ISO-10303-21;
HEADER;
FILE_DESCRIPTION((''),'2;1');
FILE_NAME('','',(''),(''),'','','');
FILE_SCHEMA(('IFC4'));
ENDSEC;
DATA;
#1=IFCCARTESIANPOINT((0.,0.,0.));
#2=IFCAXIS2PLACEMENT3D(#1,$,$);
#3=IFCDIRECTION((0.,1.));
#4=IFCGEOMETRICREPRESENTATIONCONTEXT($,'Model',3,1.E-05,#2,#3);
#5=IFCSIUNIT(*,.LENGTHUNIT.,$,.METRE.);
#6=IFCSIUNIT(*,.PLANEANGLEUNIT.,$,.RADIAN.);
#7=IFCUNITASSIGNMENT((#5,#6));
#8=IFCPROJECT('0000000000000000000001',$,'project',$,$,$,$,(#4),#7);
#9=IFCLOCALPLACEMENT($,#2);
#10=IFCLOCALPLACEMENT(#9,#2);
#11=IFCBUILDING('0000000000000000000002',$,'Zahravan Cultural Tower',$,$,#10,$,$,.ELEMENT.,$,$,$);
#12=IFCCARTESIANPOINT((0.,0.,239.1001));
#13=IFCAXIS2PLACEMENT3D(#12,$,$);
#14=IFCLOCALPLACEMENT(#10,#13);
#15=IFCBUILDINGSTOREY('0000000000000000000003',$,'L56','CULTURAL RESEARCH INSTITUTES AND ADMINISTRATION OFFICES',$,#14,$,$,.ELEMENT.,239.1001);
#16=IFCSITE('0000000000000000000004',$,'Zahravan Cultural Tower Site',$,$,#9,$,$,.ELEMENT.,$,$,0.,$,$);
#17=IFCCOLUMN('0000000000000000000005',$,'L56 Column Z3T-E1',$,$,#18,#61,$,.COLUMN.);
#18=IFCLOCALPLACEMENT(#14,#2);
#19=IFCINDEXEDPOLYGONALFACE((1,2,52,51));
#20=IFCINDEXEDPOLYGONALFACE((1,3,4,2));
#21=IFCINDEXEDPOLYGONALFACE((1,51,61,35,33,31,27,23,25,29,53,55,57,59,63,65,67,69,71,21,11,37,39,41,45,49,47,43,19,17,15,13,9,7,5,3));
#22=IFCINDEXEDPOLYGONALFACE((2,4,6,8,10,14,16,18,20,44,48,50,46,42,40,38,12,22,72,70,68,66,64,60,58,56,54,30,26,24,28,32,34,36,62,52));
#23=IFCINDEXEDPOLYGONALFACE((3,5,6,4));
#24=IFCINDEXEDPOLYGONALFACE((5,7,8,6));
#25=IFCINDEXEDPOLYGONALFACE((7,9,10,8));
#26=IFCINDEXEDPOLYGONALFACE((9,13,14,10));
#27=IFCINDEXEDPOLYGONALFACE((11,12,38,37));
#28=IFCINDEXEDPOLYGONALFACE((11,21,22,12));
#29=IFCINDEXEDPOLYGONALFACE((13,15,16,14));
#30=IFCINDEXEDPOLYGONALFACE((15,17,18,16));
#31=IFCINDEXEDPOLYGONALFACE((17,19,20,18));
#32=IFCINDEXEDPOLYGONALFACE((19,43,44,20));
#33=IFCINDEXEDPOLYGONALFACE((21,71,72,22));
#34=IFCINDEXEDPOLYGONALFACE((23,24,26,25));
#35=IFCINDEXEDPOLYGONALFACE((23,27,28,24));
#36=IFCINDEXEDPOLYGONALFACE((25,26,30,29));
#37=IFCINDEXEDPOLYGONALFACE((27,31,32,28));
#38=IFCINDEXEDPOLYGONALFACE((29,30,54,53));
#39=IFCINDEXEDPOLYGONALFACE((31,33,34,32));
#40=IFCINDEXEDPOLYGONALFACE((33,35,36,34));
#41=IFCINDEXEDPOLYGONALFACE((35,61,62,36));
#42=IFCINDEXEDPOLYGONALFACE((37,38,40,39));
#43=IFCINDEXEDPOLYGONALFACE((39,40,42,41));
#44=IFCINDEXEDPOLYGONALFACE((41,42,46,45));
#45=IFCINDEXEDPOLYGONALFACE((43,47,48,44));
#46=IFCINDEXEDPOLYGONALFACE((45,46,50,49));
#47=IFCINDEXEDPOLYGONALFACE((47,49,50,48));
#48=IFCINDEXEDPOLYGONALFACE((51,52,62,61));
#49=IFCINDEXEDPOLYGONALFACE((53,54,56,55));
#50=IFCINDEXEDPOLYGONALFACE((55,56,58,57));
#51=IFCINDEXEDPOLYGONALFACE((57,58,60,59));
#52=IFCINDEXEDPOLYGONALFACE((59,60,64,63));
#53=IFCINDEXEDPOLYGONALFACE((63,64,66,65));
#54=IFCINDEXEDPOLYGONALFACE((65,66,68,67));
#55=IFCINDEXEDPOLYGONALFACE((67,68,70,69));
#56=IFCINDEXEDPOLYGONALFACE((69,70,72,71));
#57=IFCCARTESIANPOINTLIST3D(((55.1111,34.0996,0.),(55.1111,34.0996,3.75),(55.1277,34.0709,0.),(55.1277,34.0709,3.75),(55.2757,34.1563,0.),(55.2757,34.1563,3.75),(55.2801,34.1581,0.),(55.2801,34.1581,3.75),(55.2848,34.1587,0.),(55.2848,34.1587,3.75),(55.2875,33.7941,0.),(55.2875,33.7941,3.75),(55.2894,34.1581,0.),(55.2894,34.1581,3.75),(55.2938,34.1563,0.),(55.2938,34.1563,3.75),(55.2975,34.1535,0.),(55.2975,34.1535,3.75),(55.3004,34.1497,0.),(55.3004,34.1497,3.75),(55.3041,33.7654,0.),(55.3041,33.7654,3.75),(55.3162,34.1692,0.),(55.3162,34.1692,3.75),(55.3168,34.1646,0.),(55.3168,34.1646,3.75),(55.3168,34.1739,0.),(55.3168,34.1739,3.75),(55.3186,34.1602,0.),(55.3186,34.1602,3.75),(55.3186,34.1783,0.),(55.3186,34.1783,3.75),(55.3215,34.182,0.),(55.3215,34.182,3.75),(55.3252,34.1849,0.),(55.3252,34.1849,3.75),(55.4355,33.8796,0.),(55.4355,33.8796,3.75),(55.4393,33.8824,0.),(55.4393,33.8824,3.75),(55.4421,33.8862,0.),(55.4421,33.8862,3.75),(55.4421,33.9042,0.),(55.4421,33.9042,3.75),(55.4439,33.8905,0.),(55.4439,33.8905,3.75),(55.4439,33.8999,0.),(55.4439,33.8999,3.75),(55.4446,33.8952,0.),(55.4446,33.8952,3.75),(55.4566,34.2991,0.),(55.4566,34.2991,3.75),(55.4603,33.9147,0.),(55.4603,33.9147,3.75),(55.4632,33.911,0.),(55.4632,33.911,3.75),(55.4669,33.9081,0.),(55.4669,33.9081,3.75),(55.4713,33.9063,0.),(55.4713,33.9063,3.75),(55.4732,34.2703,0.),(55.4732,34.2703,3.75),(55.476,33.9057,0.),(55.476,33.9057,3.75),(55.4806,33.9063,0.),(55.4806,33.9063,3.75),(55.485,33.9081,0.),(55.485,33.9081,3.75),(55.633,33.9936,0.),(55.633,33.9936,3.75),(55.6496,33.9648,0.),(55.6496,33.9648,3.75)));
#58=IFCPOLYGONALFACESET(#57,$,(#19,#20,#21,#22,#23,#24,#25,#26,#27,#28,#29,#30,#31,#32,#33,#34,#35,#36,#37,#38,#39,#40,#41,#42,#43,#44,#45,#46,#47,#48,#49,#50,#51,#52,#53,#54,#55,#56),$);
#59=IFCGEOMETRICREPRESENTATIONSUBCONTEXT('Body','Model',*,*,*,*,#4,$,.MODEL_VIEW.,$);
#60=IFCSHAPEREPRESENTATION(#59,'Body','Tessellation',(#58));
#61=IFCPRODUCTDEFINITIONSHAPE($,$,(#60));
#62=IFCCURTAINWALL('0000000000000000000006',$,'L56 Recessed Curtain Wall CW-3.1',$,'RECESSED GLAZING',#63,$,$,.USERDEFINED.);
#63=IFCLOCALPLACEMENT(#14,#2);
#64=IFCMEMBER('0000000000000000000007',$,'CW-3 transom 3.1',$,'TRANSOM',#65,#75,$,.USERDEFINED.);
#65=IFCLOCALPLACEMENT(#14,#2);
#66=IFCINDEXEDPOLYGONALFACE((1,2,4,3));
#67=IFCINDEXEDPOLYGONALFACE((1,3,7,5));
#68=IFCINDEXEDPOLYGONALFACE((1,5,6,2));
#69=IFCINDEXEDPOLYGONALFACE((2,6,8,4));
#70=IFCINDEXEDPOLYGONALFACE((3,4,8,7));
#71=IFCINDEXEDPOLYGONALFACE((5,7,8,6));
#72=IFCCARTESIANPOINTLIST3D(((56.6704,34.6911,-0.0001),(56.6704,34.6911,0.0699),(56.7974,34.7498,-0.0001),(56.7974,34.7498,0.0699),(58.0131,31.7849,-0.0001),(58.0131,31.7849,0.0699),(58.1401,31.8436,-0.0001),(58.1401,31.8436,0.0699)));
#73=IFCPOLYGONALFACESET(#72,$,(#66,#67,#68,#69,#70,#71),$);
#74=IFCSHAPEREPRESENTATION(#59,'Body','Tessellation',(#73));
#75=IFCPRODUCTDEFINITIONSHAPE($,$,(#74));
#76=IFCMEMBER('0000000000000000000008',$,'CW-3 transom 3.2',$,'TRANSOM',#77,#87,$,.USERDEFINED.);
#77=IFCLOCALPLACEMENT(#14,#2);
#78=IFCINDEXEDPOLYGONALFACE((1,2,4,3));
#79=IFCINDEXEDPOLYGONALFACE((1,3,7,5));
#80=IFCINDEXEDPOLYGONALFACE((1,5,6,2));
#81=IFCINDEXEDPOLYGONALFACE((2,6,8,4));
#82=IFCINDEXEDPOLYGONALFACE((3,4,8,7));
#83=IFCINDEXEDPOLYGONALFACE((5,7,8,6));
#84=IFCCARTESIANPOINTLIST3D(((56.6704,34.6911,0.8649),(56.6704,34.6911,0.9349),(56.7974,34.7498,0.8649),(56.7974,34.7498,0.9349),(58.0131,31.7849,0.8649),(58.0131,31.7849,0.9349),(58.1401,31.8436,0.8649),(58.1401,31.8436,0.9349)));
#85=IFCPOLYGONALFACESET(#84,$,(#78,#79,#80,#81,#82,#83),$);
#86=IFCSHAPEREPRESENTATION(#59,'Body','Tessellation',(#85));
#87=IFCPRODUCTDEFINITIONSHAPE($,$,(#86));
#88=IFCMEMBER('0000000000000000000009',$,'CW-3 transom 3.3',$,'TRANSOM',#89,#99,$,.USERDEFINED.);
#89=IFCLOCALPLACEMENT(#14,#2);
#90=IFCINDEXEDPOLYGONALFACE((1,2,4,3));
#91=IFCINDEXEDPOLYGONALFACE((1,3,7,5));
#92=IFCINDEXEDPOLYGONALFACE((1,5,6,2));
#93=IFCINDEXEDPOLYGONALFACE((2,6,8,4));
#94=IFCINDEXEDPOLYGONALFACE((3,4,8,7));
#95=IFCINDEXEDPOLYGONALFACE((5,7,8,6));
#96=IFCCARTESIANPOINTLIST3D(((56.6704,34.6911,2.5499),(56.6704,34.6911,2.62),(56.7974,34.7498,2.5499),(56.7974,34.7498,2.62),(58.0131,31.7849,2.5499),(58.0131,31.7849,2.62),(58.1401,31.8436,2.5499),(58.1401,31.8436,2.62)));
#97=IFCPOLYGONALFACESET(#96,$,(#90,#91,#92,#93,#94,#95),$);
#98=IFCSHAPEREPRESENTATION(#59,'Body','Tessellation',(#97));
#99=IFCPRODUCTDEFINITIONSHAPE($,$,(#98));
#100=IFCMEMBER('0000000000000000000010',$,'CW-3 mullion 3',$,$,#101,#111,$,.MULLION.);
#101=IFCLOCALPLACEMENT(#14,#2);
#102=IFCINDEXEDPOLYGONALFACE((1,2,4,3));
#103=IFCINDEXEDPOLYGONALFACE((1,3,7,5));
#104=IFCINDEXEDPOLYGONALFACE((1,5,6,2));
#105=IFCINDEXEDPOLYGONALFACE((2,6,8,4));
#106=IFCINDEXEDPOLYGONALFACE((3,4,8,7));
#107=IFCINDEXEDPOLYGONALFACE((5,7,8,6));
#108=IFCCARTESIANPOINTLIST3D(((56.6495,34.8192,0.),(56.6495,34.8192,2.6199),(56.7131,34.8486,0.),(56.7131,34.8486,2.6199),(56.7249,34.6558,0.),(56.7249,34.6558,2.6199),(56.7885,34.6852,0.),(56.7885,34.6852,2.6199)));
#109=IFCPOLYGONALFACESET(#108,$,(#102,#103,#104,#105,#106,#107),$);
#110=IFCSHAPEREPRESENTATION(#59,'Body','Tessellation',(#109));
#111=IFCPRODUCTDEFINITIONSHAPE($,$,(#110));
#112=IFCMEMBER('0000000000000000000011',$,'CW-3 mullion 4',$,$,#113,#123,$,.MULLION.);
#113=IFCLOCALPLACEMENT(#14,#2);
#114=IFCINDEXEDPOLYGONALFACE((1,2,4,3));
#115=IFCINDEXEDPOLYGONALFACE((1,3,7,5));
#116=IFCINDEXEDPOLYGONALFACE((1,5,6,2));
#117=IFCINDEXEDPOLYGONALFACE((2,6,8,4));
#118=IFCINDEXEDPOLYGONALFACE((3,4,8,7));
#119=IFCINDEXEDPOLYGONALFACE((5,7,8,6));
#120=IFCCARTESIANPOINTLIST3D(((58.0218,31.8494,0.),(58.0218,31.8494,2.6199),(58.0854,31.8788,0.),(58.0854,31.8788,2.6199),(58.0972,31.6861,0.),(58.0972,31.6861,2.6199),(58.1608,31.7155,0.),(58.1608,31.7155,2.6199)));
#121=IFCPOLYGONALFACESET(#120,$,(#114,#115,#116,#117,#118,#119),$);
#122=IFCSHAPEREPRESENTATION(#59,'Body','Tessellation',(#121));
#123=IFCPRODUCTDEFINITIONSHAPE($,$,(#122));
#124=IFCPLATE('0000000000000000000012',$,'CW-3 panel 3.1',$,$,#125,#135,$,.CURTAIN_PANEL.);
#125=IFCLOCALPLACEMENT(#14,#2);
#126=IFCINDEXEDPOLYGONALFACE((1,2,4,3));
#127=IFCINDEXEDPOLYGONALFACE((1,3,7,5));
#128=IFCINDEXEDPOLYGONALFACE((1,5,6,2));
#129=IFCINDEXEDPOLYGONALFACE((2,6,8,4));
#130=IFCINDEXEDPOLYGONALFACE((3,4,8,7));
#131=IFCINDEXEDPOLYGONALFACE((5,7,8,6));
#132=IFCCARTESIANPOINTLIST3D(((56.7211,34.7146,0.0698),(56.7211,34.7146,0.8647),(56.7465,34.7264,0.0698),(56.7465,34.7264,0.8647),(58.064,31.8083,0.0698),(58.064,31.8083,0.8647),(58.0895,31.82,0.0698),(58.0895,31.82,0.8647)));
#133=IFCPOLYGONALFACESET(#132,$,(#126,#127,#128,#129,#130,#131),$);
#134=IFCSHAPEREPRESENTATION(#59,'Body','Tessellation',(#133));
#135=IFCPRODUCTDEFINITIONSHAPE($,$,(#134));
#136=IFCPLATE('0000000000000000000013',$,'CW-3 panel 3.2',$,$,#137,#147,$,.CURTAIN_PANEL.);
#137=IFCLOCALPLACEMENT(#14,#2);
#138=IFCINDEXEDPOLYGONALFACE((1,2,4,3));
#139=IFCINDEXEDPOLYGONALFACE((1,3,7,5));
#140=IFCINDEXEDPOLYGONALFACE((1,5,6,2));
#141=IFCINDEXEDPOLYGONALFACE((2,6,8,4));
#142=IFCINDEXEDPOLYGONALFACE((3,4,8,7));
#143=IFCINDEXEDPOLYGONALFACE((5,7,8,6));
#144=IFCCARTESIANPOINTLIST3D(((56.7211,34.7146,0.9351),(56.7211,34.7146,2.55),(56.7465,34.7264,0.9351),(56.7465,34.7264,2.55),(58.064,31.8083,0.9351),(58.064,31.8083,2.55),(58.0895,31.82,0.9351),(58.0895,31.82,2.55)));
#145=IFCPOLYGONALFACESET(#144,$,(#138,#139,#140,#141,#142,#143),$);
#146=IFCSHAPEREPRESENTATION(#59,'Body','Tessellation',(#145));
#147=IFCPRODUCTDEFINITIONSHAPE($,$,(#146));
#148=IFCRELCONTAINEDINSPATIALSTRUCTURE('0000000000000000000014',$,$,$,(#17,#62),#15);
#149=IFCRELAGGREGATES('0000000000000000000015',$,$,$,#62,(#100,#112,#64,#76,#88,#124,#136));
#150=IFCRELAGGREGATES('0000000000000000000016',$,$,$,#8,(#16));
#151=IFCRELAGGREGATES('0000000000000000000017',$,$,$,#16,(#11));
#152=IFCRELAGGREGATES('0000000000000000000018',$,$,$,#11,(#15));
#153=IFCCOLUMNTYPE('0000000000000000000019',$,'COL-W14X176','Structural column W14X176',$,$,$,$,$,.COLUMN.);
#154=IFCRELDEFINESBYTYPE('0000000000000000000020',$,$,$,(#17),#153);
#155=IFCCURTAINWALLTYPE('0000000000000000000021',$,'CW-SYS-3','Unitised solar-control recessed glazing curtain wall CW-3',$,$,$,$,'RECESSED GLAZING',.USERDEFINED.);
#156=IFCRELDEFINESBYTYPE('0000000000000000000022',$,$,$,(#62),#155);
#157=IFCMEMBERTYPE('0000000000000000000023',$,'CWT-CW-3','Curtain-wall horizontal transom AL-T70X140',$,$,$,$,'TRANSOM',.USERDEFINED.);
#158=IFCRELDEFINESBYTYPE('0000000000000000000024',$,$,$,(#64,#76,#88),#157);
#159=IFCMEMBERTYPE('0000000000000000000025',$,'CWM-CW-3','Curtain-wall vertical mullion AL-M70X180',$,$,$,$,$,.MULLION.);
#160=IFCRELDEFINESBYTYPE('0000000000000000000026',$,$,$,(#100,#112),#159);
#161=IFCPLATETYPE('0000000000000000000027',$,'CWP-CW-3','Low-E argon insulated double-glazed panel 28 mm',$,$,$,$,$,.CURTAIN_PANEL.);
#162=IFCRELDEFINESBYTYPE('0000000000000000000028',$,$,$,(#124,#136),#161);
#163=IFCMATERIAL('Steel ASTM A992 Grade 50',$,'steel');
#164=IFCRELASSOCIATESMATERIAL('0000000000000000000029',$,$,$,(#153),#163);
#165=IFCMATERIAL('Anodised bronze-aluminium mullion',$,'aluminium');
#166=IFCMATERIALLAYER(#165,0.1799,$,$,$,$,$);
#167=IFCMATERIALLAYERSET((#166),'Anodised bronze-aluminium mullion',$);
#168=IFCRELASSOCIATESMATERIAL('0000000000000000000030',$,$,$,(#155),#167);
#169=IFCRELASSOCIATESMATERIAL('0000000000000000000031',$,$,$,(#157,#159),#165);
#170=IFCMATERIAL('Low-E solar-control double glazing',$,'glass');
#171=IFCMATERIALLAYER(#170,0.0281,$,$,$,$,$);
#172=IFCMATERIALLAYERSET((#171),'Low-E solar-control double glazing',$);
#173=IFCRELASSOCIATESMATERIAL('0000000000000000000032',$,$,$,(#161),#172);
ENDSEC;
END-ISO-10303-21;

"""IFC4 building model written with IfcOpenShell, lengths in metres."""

from ifc_helpers import new_model, si_unit, direction, frame, origin, origin_2d, place, context, subcontext, project, spatial, rectangle, i_section, extrude, source, transform, mapped, material, layer, layer_set, material_profile, profile_set, type_object, element, aggregate, save


model = new_model("IFC4")

# Units and contexts
model_context = context("Model", 3, precision=1e-05, world=origin(), true_north=direction((0.0, 1.0)))
body_context = subcontext(model_context, "Body", "Model", "MODEL_VIEW")
ifc_project = project(units=[si_unit("LENGTHUNIT", "METRE"), si_unit("PLANEANGLEUNIT", "RADIAN")], contexts=[model_context])

# Site, building, storey
site_placement = place(None, origin())
site = spatial("IfcSite", under=ifc_project, at=site_placement, Name="Zahravan Cultural Tower Site", CompositionType="ELEMENT", RefElevation=0.0)
building_placement = place(site_placement, origin())
building = spatial("IfcBuilding", under=site, at=building_placement, Name="Zahravan Cultural Tower", CompositionType="ELEMENT")
storey_placement = place(building_placement, frame((0.0, 0.0, 239.1001)))
storey = spatial("IfcBuildingStorey", under=building, at=storey_placement, Name="L56", Description="CULTURAL RESEARCH INSTITUTES AND ADMINISTRATION OFFICES", CompositionType="ELEMENT", Elevation=239.1001)

# Column
ifc_material_1 = material(Name="Steel ASTM A992 Grade 50", Category="steel")
ifc_material_profile_1 = material_profile(ifc_material_1, i_section(OverallWidth=0.3989, OverallDepth=0.386, WebThickness=0.021, FlangeThickness=0.0332, FilletRadius=0.0181, at=origin_2d()), Name="W14X176")
ifc_profile_set_1 = profile_set([ifc_material_profile_1], Name="Steel ASTM A992 Grade 50")
column_type = type_object("IfcColumnType", Name="COL-W14X176", Description="Structural column W14X176", PredefinedType="COLUMN", material=ifc_profile_set_1)
shared_shape_1 = source(origin(), body_context, "Body", "SweptSolid", [
    extrude(i_section(OverallWidth=0.3989, OverallDepth=0.386, WebThickness=0.021, FlangeThickness=0.0332, FilletRadius=0.0181, at=origin_2d()), origin(), (0.0, 0.0, 1.0), 3.75),
])
column_placement = place(storey_placement, frame((55.3804, 34.0322, 0.0), z_axis=(0.0, 0.0, 1.0), x_axis=(0.866025, 0.5, 0.0)))
element("IfcColumn", 1, at=column_placement, inside=storey, type_object=column_type, Name="L56 Column Z3T-E1", PredefinedType="COLUMN", context=body_context, shape_type="MappedRepresentation", body=[
    mapped(shared_shape_1, transform((0.0, 0.0, 0.0), x_axis=(1.0, 0.0, 0.0), y_axis=(0.0, 1.0, 0.0), z_axis=(0.0, 0.0, 1.0), scale=1.0)),
])

# Curtain wall, members, plates
ifc_material_2 = material(Name="Anodised bronze-aluminium mullion", Category="aluminium")
ifc_layer_1 = layer(ifc_material_2, 0.1799)
ifc_layer_set_1 = layer_set([ifc_layer_1], Name="Anodised bronze-aluminium mullion")
curtain_wall_type = type_object("IfcCurtainWallType", Name="CW-SYS-3", Description="Unitised solar-control recessed glazing curtain wall CW-3", ElementType="RECESSED GLAZING", PredefinedType="USERDEFINED", material=ifc_layer_set_1)
curtain_wall_placement = place(storey_placement, origin())
curtain_wall = element("IfcCurtainWall", 2, at=curtain_wall_placement, inside=storey, type_object=curtain_wall_type, Name="L56 Recessed Curtain Wall CW-3.1", ObjectType="RECESSED GLAZING", PredefinedType="USERDEFINED")
ifc_material_profile_2 = material_profile(ifc_material_2, rectangle(XDim=0.1399, YDim=0.0701, at=origin_2d()), Name="AL-T70X140")
ifc_profile_set_2 = profile_set([ifc_material_profile_2], Name="Anodised bronze-aluminium mullion")
member_type_1 = type_object("IfcMemberType", Name="CWT-CW-3", Description="Curtain-wall horizontal transom AL-T70X140", ElementType="TRANSOM", PredefinedType="USERDEFINED", material=ifc_profile_set_2)
shared_shape_2 = source(origin(), body_context, "Body", "SweptSolid", [
    extrude(rectangle(XDim=0.1399, YDim=0.0701, at=origin_2d()), origin(), (0.0, 0.0, 1.0), 3.2014),
])
member_1_placement = place(storey_placement, frame((56.7339, 34.7205, 0.0349), z_axis=(0.419426, -0.90779, 0.0), x_axis=(0.90779, 0.419426, 0.0)))
member_1 = element("IfcMember", 3, at=member_1_placement, type_object=member_type_1, Name="CW-3 transom 3.1", ObjectType="TRANSOM", PredefinedType="USERDEFINED", context=body_context, shape_type="MappedRepresentation", body=[
    mapped(shared_shape_2, transform((0.0, 0.0, 0.0), x_axis=(1.0, 0.0, 0.0), y_axis=(0.0, 1.0, 0.0), z_axis=(0.0, 0.0, 1.0), scale=1.0)),
])
member_2_placement = place(storey_placement, frame((56.7339, 34.7205, 0.8999), z_axis=(0.419426, -0.90779, 0.0), x_axis=(0.90779, 0.419426, 0.0)))
member_2 = element("IfcMember", 4, at=member_2_placement, type_object=member_type_1, Name="CW-3 transom 3.2", ObjectType="TRANSOM", PredefinedType="USERDEFINED", context=body_context, shape_type="MappedRepresentation", body=[
    mapped(shared_shape_2, transform((0.0, 0.0, 0.0), x_axis=(1.0, 0.0, 0.0), y_axis=(0.0, 1.0, 0.0), z_axis=(0.0, 0.0, 1.0), scale=1.0)),
])
member_3_placement = place(storey_placement, frame((56.7339, 34.7205, 2.585), z_axis=(0.419426, -0.90779, 0.0), x_axis=(0.90779, 0.419426, 0.0)))
member_3 = element("IfcMember", 5, at=member_3_placement, type_object=member_type_1, Name="CW-3 transom 3.3", ObjectType="TRANSOM", PredefinedType="USERDEFINED", context=body_context, shape_type="MappedRepresentation", body=[
    mapped(shared_shape_2, transform((0.0, 0.0, 0.0), x_axis=(1.0, 0.0, 0.0), y_axis=(0.0, 1.0, 0.0), z_axis=(0.0, 0.0, 1.0), scale=1.0)),
])
ifc_material_profile_3 = material_profile(ifc_material_2, rectangle(XDim=0.0701, YDim=0.1799, at=origin_2d()), Name="AL-M70X180")
ifc_profile_set_3 = profile_set([ifc_material_profile_3], Name="Anodised bronze-aluminium mullion")
member_type_2 = type_object("IfcMemberType", Name="CWM-CW-3", Description="Curtain-wall vertical mullion AL-M70X180", PredefinedType="MULLION", material=ifc_profile_set_3)
shared_shape_3 = source(origin(), body_context, "Body", "SweptSolid", [
    extrude(rectangle(XDim=0.0701, YDim=0.1799, at=origin_2d()), origin(), (0.0, 0.0, 1.0), 2.6199),
])
member_4_placement = place(storey_placement, frame((56.719, 34.7522, 0.0), z_axis=(0.0, 0.0, 1.0), x_axis=(0.907775, 0.419457, 0.0)))
member_4 = element("IfcMember", 6, at=member_4_placement, type_object=member_type_2, Name="CW-3 mullion 3", PredefinedType="MULLION", context=body_context, shape_type="MappedRepresentation", body=[
    mapped(shared_shape_3, transform((0.0, 0.0, 0.0), x_axis=(1.0, 0.0, 0.0), y_axis=(0.0, 1.0, 0.0), z_axis=(0.0, 0.0, 1.0), scale=1.0)),
])
member_5_placement = place(storey_placement, frame((58.0913, 31.7825, 0.0), z_axis=(0.0, 0.0, 1.0), x_axis=(0.907775, 0.419457, 0.0)))
member_5 = element("IfcMember", 7, at=member_5_placement, type_object=member_type_2, Name="CW-3 mullion 4", PredefinedType="MULLION", context=body_context, shape_type="MappedRepresentation", body=[
    mapped(shared_shape_3, transform((0.0, 0.0, 0.0), x_axis=(1.0, 0.0, 0.0), y_axis=(0.0, 1.0, 0.0), z_axis=(0.0, 0.0, 1.0), scale=1.0)),
])
ifc_material_3 = material(Name="Low-E solar-control double glazing", Category="glass")
ifc_layer_2 = layer(ifc_material_3, 0.0281)
ifc_layer_set_2 = layer_set([ifc_layer_2], Name="Low-E solar-control double glazing")
plate_type = type_object("IfcPlateType", Name="CWP-CW-3", Description="Low-E argon insulated double-glazed panel 28 mm", PredefinedType="CURTAIN_PANEL", material=ifc_layer_set_2)
shared_shape_4 = source(origin(), body_context, "Body", "SweptSolid", [
    extrude(rectangle(XDim=3.2017, YDim=0.0281, at=origin_2d()), origin(), (0.0, 0.0, 1.0), 0.7949),
])
plate_1_placement = place(storey_placement, frame((57.4053, 33.2673, 0.0698), z_axis=(0.0, 0.0, 1.0), x_axis=(0.419457, -0.907775, 0.0)))
plate_1 = element("IfcPlate", 8, at=plate_1_placement, type_object=plate_type, Name="CW-3 panel 3.1", PredefinedType="CURTAIN_PANEL", context=body_context, shape_type="MappedRepresentation", body=[
    mapped(shared_shape_4, transform((0.0, 0.0, 0.0), x_axis=(1.0, 0.0, 0.0), y_axis=(0.0, 1.0, 0.0), z_axis=(0.0, 0.0, 1.0), scale=1.0)),
])
shared_shape_5 = source(origin(), body_context, "Body", "SweptSolid", [
    extrude(rectangle(XDim=3.2017, YDim=0.0281, at=origin_2d()), origin(), (0.0, 0.0, 1.0), 1.615),
])
plate_2_placement = place(storey_placement, frame((57.4053, 33.2673, 0.9351), z_axis=(0.0, 0.0, 1.0), x_axis=(0.419457, -0.907775, 0.0)))
plate_2 = element("IfcPlate", 9, at=plate_2_placement, type_object=plate_type, Name="CW-3 panel 3.2", PredefinedType="CURTAIN_PANEL", context=body_context, shape_type="MappedRepresentation", body=[
    mapped(shared_shape_5, transform((0.0, 0.0, 0.0), x_axis=(1.0, 0.0, 0.0), y_axis=(0.0, 1.0, 0.0), z_axis=(0.0, 0.0, 1.0), scale=1.0)),
])
aggregate(curtain_wall, [member_4, member_5, member_1, member_2, member_3, plate_1, plate_2])

save(model, "model.ifc")
